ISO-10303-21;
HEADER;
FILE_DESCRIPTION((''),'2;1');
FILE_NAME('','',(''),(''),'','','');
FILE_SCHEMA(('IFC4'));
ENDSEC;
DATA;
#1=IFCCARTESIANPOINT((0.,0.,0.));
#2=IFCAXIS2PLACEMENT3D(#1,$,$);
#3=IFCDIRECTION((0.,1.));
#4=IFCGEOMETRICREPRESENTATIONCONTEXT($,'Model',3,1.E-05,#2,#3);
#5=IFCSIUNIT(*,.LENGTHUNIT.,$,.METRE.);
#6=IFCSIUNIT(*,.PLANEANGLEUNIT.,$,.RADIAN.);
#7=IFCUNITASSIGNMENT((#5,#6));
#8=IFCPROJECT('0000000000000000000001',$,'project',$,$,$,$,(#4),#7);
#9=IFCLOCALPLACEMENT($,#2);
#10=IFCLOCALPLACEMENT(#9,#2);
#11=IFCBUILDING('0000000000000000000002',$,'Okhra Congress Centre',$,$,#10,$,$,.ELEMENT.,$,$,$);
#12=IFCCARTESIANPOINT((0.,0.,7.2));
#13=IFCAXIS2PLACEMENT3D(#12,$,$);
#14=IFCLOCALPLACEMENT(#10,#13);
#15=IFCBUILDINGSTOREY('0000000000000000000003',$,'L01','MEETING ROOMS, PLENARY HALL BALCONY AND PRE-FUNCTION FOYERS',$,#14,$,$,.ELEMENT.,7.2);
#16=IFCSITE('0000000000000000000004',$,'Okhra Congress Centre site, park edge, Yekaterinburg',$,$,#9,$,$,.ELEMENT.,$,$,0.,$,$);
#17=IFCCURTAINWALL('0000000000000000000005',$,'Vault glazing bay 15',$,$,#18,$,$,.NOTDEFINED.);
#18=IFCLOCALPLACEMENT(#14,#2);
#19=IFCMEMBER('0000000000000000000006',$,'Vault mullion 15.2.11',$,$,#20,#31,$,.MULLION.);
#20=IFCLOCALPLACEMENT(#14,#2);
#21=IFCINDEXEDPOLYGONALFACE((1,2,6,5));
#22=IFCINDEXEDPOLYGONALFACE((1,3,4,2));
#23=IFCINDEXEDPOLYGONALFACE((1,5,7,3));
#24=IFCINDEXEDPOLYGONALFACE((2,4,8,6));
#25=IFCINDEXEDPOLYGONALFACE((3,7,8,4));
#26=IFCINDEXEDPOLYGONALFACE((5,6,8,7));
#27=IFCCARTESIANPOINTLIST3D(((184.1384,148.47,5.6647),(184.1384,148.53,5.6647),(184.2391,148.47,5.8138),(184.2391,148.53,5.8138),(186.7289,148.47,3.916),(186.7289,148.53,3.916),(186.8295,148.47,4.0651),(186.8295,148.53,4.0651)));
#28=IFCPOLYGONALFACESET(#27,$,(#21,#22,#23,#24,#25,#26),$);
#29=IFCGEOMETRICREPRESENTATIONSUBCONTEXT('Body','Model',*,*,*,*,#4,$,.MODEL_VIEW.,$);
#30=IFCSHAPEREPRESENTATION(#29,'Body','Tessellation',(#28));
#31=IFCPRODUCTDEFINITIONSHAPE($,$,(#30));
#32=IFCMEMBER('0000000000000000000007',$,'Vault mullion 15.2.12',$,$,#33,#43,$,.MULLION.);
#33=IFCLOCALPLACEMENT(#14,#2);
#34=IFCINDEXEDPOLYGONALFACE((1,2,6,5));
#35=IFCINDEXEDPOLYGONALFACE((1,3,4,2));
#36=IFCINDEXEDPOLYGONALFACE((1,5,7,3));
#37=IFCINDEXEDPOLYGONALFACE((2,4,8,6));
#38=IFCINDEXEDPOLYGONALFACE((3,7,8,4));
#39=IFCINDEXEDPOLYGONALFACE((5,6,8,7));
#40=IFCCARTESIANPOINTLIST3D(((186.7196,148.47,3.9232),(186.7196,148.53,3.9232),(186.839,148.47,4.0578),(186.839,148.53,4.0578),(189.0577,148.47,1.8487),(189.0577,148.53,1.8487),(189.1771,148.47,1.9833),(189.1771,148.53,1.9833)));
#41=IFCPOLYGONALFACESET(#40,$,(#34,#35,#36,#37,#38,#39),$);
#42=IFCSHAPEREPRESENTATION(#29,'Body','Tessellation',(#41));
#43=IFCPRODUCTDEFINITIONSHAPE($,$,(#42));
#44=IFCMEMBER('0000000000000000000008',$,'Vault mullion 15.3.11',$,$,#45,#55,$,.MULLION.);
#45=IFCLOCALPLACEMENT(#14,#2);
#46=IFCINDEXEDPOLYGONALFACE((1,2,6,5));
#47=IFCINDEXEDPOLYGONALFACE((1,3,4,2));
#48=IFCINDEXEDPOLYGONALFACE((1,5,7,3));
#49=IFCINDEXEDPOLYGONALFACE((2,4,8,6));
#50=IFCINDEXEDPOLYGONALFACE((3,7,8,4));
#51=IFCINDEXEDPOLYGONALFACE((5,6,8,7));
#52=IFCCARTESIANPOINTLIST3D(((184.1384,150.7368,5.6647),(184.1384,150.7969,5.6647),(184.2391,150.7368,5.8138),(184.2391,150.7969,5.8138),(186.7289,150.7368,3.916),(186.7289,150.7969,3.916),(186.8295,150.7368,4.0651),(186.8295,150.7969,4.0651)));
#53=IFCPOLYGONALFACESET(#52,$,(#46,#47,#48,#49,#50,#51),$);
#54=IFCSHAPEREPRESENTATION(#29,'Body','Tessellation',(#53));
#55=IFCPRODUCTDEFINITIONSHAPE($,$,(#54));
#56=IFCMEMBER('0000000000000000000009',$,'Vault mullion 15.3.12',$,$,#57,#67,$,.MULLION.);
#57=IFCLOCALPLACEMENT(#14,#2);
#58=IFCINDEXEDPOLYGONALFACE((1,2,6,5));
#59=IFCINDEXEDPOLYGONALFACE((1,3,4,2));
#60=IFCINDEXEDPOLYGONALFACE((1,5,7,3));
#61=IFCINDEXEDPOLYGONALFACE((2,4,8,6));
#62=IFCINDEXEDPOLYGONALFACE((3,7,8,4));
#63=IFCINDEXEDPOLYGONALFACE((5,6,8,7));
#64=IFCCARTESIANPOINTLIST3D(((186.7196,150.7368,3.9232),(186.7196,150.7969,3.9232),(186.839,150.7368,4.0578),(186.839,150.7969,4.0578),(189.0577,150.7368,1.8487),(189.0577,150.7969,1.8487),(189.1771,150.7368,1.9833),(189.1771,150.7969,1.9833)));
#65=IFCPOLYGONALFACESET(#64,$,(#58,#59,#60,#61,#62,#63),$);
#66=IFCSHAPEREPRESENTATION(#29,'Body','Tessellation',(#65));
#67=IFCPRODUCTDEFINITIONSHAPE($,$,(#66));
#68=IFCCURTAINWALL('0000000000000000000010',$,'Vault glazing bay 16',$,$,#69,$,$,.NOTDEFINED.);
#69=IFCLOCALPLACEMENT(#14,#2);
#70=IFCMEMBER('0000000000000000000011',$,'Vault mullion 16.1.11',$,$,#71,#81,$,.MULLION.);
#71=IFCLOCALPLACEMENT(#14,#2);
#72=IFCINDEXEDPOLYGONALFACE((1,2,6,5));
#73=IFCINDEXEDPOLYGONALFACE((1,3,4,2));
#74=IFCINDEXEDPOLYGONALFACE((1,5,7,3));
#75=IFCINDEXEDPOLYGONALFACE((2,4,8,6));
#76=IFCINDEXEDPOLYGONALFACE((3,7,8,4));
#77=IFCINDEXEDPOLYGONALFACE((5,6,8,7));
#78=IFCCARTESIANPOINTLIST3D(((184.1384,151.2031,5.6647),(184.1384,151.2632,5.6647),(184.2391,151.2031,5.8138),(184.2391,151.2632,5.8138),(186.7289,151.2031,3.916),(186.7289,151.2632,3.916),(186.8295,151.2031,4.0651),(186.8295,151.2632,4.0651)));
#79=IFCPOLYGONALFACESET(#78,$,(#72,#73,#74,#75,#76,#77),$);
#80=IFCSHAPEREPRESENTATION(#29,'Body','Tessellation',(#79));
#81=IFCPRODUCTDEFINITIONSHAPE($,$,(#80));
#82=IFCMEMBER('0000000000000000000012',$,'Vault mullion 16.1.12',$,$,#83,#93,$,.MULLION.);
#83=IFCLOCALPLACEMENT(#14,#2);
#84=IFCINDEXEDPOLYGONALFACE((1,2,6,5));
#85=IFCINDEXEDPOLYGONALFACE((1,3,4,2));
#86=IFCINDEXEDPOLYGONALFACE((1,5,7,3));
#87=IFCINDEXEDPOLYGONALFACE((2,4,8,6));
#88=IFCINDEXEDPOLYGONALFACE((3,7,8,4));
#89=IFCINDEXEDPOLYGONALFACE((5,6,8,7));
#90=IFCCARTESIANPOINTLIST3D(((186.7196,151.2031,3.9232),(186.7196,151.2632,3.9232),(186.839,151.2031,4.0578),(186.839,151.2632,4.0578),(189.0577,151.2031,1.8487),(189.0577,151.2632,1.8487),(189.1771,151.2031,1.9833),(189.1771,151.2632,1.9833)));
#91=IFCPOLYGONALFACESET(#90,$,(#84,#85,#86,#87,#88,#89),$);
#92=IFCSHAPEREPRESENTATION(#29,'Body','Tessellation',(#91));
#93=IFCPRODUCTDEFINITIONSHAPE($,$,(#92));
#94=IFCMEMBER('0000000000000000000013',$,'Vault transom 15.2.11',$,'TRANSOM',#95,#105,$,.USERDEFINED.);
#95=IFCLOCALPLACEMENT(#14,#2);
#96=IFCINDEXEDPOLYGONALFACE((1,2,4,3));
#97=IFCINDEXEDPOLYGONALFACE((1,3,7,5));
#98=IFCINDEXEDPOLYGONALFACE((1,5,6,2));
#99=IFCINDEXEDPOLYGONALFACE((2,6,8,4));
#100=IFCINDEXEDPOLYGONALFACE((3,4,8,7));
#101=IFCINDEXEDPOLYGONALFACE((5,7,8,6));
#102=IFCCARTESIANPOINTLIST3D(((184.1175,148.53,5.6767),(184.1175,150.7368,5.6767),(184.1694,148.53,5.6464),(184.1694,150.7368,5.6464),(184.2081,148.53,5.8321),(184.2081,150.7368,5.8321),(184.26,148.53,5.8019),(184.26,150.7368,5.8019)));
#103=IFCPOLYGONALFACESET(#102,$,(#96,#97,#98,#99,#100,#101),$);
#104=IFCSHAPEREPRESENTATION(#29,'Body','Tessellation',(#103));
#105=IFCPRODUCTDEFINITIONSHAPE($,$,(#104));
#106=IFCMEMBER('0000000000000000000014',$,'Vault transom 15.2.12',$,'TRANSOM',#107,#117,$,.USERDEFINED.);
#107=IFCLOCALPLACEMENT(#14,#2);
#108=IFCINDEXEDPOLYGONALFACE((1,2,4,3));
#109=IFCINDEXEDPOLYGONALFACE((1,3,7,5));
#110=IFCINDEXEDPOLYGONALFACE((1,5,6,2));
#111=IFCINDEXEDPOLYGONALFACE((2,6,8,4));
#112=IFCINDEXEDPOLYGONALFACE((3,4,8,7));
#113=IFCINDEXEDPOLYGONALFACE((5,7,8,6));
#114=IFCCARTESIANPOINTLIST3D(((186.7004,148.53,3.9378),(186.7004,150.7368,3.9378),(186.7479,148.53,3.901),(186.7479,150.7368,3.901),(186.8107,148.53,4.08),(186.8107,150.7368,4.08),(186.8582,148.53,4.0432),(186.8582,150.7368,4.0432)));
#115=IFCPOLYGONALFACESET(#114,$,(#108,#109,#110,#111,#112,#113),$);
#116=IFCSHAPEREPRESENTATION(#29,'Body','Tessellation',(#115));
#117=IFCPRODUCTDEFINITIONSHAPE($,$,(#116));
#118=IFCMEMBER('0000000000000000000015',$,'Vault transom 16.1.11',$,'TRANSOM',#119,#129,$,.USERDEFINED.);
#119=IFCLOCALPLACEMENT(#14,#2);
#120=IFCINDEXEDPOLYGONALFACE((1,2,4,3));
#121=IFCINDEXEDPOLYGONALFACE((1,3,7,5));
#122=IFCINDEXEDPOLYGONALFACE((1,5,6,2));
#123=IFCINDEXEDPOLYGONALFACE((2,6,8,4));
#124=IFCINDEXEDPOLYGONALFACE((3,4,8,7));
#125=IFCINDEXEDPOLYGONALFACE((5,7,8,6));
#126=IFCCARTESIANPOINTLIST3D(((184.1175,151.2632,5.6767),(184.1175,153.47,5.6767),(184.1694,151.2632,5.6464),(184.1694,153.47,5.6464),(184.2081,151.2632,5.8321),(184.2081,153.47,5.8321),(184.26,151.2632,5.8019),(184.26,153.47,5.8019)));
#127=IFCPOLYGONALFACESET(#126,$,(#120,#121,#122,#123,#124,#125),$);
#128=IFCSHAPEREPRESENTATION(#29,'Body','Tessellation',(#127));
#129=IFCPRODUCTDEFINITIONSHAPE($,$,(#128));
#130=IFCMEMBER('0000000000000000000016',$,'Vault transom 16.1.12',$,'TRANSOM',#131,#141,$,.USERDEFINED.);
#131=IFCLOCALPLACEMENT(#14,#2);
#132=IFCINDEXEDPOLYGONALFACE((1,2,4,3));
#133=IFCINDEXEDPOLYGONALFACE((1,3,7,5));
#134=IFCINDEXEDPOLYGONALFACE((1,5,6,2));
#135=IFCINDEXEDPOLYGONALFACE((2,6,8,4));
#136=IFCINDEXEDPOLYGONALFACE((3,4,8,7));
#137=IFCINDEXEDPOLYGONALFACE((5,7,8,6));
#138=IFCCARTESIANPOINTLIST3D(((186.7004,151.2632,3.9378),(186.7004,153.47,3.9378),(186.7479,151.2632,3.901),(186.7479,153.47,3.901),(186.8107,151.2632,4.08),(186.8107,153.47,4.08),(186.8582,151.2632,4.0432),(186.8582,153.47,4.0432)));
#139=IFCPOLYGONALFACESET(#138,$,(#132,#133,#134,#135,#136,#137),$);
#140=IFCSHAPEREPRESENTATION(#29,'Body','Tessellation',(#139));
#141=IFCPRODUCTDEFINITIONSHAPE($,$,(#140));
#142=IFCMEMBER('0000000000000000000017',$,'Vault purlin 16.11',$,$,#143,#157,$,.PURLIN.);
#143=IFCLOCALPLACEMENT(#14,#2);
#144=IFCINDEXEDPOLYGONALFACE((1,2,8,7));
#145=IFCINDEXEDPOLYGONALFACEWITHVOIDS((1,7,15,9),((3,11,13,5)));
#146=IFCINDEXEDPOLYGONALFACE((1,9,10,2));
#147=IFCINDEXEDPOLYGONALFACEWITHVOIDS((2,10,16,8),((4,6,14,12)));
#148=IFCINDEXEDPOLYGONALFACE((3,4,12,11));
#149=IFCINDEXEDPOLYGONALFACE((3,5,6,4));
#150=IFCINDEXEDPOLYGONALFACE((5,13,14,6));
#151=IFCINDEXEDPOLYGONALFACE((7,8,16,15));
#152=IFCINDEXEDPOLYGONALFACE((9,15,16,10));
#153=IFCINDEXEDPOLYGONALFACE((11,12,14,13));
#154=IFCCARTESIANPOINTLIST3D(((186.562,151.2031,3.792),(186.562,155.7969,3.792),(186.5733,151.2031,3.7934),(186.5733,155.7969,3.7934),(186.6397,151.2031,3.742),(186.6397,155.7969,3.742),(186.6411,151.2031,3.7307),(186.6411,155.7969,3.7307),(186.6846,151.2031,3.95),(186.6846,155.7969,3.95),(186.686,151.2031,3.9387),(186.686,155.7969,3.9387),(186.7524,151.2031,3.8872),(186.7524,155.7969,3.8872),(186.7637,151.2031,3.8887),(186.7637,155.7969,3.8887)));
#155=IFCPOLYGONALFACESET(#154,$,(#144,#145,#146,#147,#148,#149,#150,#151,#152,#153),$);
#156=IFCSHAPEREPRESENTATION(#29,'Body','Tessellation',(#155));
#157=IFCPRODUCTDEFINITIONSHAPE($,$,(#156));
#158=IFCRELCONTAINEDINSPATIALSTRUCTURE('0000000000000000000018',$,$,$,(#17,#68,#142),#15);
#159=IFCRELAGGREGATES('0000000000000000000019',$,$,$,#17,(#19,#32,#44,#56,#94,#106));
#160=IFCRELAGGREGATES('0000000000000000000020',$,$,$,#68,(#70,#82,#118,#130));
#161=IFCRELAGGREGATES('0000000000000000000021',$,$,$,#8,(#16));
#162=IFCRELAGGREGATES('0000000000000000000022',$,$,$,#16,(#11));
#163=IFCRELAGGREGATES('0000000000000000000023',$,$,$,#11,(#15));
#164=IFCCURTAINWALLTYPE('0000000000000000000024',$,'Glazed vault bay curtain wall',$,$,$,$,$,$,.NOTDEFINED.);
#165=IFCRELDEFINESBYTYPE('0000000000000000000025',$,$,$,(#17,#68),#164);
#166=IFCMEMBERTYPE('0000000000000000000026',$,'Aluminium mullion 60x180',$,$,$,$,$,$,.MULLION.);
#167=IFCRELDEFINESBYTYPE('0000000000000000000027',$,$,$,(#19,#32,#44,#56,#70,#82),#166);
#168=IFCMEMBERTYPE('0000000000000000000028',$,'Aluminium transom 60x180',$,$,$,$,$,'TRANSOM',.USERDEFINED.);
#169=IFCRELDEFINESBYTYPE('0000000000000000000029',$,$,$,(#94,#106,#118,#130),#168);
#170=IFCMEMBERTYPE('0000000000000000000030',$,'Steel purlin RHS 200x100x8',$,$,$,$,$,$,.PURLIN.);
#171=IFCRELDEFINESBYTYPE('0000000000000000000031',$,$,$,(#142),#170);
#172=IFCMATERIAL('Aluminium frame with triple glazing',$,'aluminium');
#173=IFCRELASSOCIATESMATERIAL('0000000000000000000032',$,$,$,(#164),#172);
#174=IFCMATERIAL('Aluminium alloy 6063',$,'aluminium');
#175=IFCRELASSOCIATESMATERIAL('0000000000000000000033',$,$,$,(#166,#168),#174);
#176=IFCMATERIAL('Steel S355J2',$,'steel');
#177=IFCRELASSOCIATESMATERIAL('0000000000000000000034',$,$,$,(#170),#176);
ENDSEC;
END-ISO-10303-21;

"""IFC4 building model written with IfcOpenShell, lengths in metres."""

from ifc_helpers import new_model, si_unit, direction, frame, origin, origin_2d, place, context, subcontext, project, spatial, rectangle, hollow_rectangle, extrude, material, material_profile, profile_set, type_object, element, aggregate, save


model = new_model("IFC4")

# Units and contexts
model_context = context("Model", 3, precision=1e-05, world=origin(), true_north=direction((0.0, 1.0)))
body_context = subcontext(model_context, "Body", "Model", "MODEL_VIEW")
ifc_project = project(units=[si_unit("LENGTHUNIT", "METRE"), si_unit("PLANEANGLEUNIT", "RADIAN")], contexts=[model_context])

# Site, building, storey
site_placement = place(None, origin())
site = spatial("IfcSite", under=ifc_project, at=site_placement, Name="Okhra Congress Centre site, park edge, Yekaterinburg", CompositionType="ELEMENT", RefElevation=0.0)
building_placement = place(site_placement, origin())
building = spatial("IfcBuilding", under=site, at=building_placement, Name="Okhra Congress Centre", CompositionType="ELEMENT")
storey_placement = place(building_placement, frame((0.0, 0.0, 7.2)))
storey = spatial("IfcBuildingStorey", under=building, at=storey_placement, Name="L01", Description="MEETING ROOMS, PLENARY HALL BALCONY AND PRE-FUNCTION FOYERS", CompositionType="ELEMENT", Elevation=7.2)

# Curtain walls, members
ifc_material_1 = material(Name="Aluminium frame with triple glazing", Category="aluminium")
curtain_wall_type = type_object("IfcCurtainWallType", Name="Glazed vault bay curtain wall", PredefinedType="NOTDEFINED", material=ifc_material_1)
curtain_wall_1_placement = place(storey_placement, origin())
curtain_wall_1 = element("IfcCurtainWall", 1, at=curtain_wall_1_placement, inside=storey, type_object=curtain_wall_type, Name="Vault glazing bay 15", PredefinedType="NOTDEFINED")
ifc_material_2 = material(Name="Aluminium alloy 6063", Category="aluminium")
ifc_material_profile_1 = material_profile(ifc_material_2, rectangle(XDim=0.0601, YDim=0.1799, at=origin_2d()), Name="AL 60x180")
ifc_profile_set_1 = profile_set([ifc_material_profile_1], Name="Aluminium alloy 6063")
member_type_1 = type_object("IfcMemberType", Name="Aluminium mullion 60x180", PredefinedType="MULLION", material=ifc_profile_set_1)
member_1_placement = place(storey_placement, frame((184.1887, 148.5, 5.7393), z_axis=(0.828828, 0.0, -0.559504), x_axis=(0.0, 1.0, 0.0)))
member_1 = element("IfcMember", 2, at=member_1_placement, type_object=member_type_1, Name="Vault mullion 15.2.11", PredefinedType="MULLION", context=body_context, shape_type="SweptSolid", body=[
    extrude(rectangle(XDim=0.0601, YDim=0.1799, at=origin_2d()), origin(), (0.0, 0.0, 1.0), 3.1255),
])
member_2_placement = place(storey_placement, frame((186.7793, 148.5, 3.9905), z_axis=(0.748025, 0.0, -0.66367), x_axis=(0.0, 1.0, 0.0)))
member_2 = element("IfcMember", 3, at=member_2_placement, type_object=member_type_1, Name="Vault mullion 15.2.12", PredefinedType="MULLION", context=body_context, shape_type="SweptSolid", body=[
    extrude(rectangle(XDim=0.0601, YDim=0.1799, at=origin_2d()), origin(), (0.0, 0.0, 1.0), 3.1257),
])
member_3_placement = place(storey_placement, frame((184.1887, 150.7668, 5.7393), z_axis=(0.828828, 0.0, -0.559504), x_axis=(0.0, 1.0, 0.0)))
member_3 = element("IfcMember", 4, at=member_3_placement, type_object=member_type_1, Name="Vault mullion 15.3.11", PredefinedType="MULLION", context=body_context, shape_type="SweptSolid", body=[
    extrude(rectangle(XDim=0.0601, YDim=0.1799, at=origin_2d()), origin(), (0.0, 0.0, 1.0), 3.1255),
])
member_4_placement = place(storey_placement, frame((186.7793, 150.7668, 3.9905), z_axis=(0.748025, 0.0, -0.66367), x_axis=(0.0, 1.0, 0.0)))
member_4 = element("IfcMember", 5, at=member_4_placement, type_object=member_type_1, Name="Vault mullion 15.3.12", PredefinedType="MULLION", context=body_context, shape_type="SweptSolid", body=[
    extrude(rectangle(XDim=0.0601, YDim=0.1799, at=origin_2d()), origin(), (0.0, 0.0, 1.0), 3.1257),
])
curtain_wall_2_placement = place(storey_placement, origin())
curtain_wall_2 = element("IfcCurtainWall", 6, at=curtain_wall_2_placement, inside=storey, type_object=curtain_wall_type, Name="Vault glazing bay 16", PredefinedType="NOTDEFINED")
member_5_placement = place(storey_placement, frame((184.1887, 151.2332, 5.7393), z_axis=(0.828828, 0.0, -0.559504), x_axis=(0.0, 1.0, 0.0)))
member_5 = element("IfcMember", 7, at=member_5_placement, type_object=member_type_1, Name="Vault mullion 16.1.11", PredefinedType="MULLION", context=body_context, shape_type="SweptSolid", body=[
    extrude(rectangle(XDim=0.0601, YDim=0.1799, at=origin_2d()), origin(), (0.0, 0.0, 1.0), 3.1255),
])
member_6_placement = place(storey_placement, frame((186.7793, 151.2332, 3.9905), z_axis=(0.748025, 0.0, -0.66367), x_axis=(0.0, 1.0, 0.0)))
member_6 = element("IfcMember", 8, at=member_6_placement, type_object=member_type_1, Name="Vault mullion 16.1.12", PredefinedType="MULLION", context=body_context, shape_type="SweptSolid", body=[
    extrude(rectangle(XDim=0.0601, YDim=0.1799, at=origin_2d()), origin(), (0.0, 0.0, 1.0), 3.1257),
])

# Members
ifc_material_profile_2 = material_profile(ifc_material_2, rectangle(XDim=0.0601, YDim=0.1799, at=origin_2d()), Name="AL 60x180 transom")
ifc_profile_set_2 = profile_set([ifc_material_profile_2], Name="Aluminium alloy 6063")
member_type_2 = type_object("IfcMemberType", Name="Aluminium transom 60x180", ElementType="TRANSOM", PredefinedType="USERDEFINED", material=ifc_profile_set_2)
member_7_placement = place(storey_placement, frame((184.1887, 148.53, 5.7393), z_axis=(0.0, 1.0, 0.0), x_axis=(-0.863917, 0.0, 0.503634)))
member_7 = element("IfcMember", 9, at=member_7_placement, type_object=member_type_2, Name="Vault transom 15.2.11", ObjectType="TRANSOM", PredefinedType="USERDEFINED", context=body_context, shape_type="SweptSolid", body=[
    extrude(rectangle(XDim=0.0601, YDim=0.1799, at=origin_2d()), origin(), (0.0, 0.0, 1.0), 2.2068),
])
member_8_placement = place(storey_placement, frame((186.7793, 148.53, 3.9905), z_axis=(0.0, 1.0, 0.0), x_axis=(-0.790145, 0.0, 0.61292)))
member_8 = element("IfcMember", 10, at=member_8_placement, type_object=member_type_2, Name="Vault transom 15.2.12", ObjectType="TRANSOM", PredefinedType="USERDEFINED", context=body_context, shape_type="SweptSolid", body=[
    extrude(rectangle(XDim=0.0601, YDim=0.1799, at=origin_2d()), origin(), (0.0, 0.0, 1.0), 2.2068),
])
member_9_placement = place(storey_placement, frame((184.1887, 151.2632, 5.7393), z_axis=(0.0, 1.0, 0.0), x_axis=(-0.863917, 0.0, 0.503634)))
member_9 = element("IfcMember", 11, at=member_9_placement, type_object=member_type_2, Name="Vault transom 16.1.11", ObjectType="TRANSOM", PredefinedType="USERDEFINED", context=body_context, shape_type="SweptSolid", body=[
    extrude(rectangle(XDim=0.0601, YDim=0.1799, at=origin_2d()), origin(), (0.0, 0.0, 1.0), 2.2068),
])
member_10_placement = place(storey_placement, frame((186.7793, 151.2632, 3.9905), z_axis=(0.0, 1.0, 0.0), x_axis=(-0.790145, 0.0, 0.61292)))
member_10 = element("IfcMember", 12, at=member_10_placement, type_object=member_type_2, Name="Vault transom 16.1.12", ObjectType="TRANSOM", PredefinedType="USERDEFINED", context=body_context, shape_type="SweptSolid", body=[
    extrude(rectangle(XDim=0.0601, YDim=0.1799, at=origin_2d()), origin(), (0.0, 0.0, 1.0), 2.2068),
])

# Member
ifc_material_3 = material(Name="Steel S355J2", Category="steel")
ifc_material_profile_3 = material_profile(ifc_material_3, hollow_rectangle(XDim=0.1001, YDim=0.2, WallThickness=0.0081, at=origin_2d()), Name="RHS 200x100x8")
ifc_profile_set_3 = profile_set([ifc_material_profile_3], Name="Steel S355J2")
member_type_3 = type_object("IfcMemberType", Name="Steel purlin RHS 200x100x8", PredefinedType="PURLIN", material=ifc_profile_set_3)
member_11_placement = place(storey_placement, frame((186.6628, 151.2031, 3.8403), z_axis=(0.0, 1.0, 0.0), x_axis=(-0.790145, 0.0, 0.61292)))
element("IfcMember", 13, at=member_11_placement, inside=storey, type_object=member_type_3, Name="Vault purlin 16.11", PredefinedType="PURLIN", context=body_context, shape_type="SweptSolid", body=[
    extrude(hollow_rectangle(XDim=0.1001, YDim=0.2, WallThickness=0.0081, at=origin_2d()), origin(), (0.0, 0.0, 1.0), 4.5938),
])

aggregate(curtain_wall_1, [member_1, member_2, member_3, member_4, member_7, member_8])
aggregate(curtain_wall_2, [member_5, member_6, member_9, member_10])

save(model, "model.ifc")
